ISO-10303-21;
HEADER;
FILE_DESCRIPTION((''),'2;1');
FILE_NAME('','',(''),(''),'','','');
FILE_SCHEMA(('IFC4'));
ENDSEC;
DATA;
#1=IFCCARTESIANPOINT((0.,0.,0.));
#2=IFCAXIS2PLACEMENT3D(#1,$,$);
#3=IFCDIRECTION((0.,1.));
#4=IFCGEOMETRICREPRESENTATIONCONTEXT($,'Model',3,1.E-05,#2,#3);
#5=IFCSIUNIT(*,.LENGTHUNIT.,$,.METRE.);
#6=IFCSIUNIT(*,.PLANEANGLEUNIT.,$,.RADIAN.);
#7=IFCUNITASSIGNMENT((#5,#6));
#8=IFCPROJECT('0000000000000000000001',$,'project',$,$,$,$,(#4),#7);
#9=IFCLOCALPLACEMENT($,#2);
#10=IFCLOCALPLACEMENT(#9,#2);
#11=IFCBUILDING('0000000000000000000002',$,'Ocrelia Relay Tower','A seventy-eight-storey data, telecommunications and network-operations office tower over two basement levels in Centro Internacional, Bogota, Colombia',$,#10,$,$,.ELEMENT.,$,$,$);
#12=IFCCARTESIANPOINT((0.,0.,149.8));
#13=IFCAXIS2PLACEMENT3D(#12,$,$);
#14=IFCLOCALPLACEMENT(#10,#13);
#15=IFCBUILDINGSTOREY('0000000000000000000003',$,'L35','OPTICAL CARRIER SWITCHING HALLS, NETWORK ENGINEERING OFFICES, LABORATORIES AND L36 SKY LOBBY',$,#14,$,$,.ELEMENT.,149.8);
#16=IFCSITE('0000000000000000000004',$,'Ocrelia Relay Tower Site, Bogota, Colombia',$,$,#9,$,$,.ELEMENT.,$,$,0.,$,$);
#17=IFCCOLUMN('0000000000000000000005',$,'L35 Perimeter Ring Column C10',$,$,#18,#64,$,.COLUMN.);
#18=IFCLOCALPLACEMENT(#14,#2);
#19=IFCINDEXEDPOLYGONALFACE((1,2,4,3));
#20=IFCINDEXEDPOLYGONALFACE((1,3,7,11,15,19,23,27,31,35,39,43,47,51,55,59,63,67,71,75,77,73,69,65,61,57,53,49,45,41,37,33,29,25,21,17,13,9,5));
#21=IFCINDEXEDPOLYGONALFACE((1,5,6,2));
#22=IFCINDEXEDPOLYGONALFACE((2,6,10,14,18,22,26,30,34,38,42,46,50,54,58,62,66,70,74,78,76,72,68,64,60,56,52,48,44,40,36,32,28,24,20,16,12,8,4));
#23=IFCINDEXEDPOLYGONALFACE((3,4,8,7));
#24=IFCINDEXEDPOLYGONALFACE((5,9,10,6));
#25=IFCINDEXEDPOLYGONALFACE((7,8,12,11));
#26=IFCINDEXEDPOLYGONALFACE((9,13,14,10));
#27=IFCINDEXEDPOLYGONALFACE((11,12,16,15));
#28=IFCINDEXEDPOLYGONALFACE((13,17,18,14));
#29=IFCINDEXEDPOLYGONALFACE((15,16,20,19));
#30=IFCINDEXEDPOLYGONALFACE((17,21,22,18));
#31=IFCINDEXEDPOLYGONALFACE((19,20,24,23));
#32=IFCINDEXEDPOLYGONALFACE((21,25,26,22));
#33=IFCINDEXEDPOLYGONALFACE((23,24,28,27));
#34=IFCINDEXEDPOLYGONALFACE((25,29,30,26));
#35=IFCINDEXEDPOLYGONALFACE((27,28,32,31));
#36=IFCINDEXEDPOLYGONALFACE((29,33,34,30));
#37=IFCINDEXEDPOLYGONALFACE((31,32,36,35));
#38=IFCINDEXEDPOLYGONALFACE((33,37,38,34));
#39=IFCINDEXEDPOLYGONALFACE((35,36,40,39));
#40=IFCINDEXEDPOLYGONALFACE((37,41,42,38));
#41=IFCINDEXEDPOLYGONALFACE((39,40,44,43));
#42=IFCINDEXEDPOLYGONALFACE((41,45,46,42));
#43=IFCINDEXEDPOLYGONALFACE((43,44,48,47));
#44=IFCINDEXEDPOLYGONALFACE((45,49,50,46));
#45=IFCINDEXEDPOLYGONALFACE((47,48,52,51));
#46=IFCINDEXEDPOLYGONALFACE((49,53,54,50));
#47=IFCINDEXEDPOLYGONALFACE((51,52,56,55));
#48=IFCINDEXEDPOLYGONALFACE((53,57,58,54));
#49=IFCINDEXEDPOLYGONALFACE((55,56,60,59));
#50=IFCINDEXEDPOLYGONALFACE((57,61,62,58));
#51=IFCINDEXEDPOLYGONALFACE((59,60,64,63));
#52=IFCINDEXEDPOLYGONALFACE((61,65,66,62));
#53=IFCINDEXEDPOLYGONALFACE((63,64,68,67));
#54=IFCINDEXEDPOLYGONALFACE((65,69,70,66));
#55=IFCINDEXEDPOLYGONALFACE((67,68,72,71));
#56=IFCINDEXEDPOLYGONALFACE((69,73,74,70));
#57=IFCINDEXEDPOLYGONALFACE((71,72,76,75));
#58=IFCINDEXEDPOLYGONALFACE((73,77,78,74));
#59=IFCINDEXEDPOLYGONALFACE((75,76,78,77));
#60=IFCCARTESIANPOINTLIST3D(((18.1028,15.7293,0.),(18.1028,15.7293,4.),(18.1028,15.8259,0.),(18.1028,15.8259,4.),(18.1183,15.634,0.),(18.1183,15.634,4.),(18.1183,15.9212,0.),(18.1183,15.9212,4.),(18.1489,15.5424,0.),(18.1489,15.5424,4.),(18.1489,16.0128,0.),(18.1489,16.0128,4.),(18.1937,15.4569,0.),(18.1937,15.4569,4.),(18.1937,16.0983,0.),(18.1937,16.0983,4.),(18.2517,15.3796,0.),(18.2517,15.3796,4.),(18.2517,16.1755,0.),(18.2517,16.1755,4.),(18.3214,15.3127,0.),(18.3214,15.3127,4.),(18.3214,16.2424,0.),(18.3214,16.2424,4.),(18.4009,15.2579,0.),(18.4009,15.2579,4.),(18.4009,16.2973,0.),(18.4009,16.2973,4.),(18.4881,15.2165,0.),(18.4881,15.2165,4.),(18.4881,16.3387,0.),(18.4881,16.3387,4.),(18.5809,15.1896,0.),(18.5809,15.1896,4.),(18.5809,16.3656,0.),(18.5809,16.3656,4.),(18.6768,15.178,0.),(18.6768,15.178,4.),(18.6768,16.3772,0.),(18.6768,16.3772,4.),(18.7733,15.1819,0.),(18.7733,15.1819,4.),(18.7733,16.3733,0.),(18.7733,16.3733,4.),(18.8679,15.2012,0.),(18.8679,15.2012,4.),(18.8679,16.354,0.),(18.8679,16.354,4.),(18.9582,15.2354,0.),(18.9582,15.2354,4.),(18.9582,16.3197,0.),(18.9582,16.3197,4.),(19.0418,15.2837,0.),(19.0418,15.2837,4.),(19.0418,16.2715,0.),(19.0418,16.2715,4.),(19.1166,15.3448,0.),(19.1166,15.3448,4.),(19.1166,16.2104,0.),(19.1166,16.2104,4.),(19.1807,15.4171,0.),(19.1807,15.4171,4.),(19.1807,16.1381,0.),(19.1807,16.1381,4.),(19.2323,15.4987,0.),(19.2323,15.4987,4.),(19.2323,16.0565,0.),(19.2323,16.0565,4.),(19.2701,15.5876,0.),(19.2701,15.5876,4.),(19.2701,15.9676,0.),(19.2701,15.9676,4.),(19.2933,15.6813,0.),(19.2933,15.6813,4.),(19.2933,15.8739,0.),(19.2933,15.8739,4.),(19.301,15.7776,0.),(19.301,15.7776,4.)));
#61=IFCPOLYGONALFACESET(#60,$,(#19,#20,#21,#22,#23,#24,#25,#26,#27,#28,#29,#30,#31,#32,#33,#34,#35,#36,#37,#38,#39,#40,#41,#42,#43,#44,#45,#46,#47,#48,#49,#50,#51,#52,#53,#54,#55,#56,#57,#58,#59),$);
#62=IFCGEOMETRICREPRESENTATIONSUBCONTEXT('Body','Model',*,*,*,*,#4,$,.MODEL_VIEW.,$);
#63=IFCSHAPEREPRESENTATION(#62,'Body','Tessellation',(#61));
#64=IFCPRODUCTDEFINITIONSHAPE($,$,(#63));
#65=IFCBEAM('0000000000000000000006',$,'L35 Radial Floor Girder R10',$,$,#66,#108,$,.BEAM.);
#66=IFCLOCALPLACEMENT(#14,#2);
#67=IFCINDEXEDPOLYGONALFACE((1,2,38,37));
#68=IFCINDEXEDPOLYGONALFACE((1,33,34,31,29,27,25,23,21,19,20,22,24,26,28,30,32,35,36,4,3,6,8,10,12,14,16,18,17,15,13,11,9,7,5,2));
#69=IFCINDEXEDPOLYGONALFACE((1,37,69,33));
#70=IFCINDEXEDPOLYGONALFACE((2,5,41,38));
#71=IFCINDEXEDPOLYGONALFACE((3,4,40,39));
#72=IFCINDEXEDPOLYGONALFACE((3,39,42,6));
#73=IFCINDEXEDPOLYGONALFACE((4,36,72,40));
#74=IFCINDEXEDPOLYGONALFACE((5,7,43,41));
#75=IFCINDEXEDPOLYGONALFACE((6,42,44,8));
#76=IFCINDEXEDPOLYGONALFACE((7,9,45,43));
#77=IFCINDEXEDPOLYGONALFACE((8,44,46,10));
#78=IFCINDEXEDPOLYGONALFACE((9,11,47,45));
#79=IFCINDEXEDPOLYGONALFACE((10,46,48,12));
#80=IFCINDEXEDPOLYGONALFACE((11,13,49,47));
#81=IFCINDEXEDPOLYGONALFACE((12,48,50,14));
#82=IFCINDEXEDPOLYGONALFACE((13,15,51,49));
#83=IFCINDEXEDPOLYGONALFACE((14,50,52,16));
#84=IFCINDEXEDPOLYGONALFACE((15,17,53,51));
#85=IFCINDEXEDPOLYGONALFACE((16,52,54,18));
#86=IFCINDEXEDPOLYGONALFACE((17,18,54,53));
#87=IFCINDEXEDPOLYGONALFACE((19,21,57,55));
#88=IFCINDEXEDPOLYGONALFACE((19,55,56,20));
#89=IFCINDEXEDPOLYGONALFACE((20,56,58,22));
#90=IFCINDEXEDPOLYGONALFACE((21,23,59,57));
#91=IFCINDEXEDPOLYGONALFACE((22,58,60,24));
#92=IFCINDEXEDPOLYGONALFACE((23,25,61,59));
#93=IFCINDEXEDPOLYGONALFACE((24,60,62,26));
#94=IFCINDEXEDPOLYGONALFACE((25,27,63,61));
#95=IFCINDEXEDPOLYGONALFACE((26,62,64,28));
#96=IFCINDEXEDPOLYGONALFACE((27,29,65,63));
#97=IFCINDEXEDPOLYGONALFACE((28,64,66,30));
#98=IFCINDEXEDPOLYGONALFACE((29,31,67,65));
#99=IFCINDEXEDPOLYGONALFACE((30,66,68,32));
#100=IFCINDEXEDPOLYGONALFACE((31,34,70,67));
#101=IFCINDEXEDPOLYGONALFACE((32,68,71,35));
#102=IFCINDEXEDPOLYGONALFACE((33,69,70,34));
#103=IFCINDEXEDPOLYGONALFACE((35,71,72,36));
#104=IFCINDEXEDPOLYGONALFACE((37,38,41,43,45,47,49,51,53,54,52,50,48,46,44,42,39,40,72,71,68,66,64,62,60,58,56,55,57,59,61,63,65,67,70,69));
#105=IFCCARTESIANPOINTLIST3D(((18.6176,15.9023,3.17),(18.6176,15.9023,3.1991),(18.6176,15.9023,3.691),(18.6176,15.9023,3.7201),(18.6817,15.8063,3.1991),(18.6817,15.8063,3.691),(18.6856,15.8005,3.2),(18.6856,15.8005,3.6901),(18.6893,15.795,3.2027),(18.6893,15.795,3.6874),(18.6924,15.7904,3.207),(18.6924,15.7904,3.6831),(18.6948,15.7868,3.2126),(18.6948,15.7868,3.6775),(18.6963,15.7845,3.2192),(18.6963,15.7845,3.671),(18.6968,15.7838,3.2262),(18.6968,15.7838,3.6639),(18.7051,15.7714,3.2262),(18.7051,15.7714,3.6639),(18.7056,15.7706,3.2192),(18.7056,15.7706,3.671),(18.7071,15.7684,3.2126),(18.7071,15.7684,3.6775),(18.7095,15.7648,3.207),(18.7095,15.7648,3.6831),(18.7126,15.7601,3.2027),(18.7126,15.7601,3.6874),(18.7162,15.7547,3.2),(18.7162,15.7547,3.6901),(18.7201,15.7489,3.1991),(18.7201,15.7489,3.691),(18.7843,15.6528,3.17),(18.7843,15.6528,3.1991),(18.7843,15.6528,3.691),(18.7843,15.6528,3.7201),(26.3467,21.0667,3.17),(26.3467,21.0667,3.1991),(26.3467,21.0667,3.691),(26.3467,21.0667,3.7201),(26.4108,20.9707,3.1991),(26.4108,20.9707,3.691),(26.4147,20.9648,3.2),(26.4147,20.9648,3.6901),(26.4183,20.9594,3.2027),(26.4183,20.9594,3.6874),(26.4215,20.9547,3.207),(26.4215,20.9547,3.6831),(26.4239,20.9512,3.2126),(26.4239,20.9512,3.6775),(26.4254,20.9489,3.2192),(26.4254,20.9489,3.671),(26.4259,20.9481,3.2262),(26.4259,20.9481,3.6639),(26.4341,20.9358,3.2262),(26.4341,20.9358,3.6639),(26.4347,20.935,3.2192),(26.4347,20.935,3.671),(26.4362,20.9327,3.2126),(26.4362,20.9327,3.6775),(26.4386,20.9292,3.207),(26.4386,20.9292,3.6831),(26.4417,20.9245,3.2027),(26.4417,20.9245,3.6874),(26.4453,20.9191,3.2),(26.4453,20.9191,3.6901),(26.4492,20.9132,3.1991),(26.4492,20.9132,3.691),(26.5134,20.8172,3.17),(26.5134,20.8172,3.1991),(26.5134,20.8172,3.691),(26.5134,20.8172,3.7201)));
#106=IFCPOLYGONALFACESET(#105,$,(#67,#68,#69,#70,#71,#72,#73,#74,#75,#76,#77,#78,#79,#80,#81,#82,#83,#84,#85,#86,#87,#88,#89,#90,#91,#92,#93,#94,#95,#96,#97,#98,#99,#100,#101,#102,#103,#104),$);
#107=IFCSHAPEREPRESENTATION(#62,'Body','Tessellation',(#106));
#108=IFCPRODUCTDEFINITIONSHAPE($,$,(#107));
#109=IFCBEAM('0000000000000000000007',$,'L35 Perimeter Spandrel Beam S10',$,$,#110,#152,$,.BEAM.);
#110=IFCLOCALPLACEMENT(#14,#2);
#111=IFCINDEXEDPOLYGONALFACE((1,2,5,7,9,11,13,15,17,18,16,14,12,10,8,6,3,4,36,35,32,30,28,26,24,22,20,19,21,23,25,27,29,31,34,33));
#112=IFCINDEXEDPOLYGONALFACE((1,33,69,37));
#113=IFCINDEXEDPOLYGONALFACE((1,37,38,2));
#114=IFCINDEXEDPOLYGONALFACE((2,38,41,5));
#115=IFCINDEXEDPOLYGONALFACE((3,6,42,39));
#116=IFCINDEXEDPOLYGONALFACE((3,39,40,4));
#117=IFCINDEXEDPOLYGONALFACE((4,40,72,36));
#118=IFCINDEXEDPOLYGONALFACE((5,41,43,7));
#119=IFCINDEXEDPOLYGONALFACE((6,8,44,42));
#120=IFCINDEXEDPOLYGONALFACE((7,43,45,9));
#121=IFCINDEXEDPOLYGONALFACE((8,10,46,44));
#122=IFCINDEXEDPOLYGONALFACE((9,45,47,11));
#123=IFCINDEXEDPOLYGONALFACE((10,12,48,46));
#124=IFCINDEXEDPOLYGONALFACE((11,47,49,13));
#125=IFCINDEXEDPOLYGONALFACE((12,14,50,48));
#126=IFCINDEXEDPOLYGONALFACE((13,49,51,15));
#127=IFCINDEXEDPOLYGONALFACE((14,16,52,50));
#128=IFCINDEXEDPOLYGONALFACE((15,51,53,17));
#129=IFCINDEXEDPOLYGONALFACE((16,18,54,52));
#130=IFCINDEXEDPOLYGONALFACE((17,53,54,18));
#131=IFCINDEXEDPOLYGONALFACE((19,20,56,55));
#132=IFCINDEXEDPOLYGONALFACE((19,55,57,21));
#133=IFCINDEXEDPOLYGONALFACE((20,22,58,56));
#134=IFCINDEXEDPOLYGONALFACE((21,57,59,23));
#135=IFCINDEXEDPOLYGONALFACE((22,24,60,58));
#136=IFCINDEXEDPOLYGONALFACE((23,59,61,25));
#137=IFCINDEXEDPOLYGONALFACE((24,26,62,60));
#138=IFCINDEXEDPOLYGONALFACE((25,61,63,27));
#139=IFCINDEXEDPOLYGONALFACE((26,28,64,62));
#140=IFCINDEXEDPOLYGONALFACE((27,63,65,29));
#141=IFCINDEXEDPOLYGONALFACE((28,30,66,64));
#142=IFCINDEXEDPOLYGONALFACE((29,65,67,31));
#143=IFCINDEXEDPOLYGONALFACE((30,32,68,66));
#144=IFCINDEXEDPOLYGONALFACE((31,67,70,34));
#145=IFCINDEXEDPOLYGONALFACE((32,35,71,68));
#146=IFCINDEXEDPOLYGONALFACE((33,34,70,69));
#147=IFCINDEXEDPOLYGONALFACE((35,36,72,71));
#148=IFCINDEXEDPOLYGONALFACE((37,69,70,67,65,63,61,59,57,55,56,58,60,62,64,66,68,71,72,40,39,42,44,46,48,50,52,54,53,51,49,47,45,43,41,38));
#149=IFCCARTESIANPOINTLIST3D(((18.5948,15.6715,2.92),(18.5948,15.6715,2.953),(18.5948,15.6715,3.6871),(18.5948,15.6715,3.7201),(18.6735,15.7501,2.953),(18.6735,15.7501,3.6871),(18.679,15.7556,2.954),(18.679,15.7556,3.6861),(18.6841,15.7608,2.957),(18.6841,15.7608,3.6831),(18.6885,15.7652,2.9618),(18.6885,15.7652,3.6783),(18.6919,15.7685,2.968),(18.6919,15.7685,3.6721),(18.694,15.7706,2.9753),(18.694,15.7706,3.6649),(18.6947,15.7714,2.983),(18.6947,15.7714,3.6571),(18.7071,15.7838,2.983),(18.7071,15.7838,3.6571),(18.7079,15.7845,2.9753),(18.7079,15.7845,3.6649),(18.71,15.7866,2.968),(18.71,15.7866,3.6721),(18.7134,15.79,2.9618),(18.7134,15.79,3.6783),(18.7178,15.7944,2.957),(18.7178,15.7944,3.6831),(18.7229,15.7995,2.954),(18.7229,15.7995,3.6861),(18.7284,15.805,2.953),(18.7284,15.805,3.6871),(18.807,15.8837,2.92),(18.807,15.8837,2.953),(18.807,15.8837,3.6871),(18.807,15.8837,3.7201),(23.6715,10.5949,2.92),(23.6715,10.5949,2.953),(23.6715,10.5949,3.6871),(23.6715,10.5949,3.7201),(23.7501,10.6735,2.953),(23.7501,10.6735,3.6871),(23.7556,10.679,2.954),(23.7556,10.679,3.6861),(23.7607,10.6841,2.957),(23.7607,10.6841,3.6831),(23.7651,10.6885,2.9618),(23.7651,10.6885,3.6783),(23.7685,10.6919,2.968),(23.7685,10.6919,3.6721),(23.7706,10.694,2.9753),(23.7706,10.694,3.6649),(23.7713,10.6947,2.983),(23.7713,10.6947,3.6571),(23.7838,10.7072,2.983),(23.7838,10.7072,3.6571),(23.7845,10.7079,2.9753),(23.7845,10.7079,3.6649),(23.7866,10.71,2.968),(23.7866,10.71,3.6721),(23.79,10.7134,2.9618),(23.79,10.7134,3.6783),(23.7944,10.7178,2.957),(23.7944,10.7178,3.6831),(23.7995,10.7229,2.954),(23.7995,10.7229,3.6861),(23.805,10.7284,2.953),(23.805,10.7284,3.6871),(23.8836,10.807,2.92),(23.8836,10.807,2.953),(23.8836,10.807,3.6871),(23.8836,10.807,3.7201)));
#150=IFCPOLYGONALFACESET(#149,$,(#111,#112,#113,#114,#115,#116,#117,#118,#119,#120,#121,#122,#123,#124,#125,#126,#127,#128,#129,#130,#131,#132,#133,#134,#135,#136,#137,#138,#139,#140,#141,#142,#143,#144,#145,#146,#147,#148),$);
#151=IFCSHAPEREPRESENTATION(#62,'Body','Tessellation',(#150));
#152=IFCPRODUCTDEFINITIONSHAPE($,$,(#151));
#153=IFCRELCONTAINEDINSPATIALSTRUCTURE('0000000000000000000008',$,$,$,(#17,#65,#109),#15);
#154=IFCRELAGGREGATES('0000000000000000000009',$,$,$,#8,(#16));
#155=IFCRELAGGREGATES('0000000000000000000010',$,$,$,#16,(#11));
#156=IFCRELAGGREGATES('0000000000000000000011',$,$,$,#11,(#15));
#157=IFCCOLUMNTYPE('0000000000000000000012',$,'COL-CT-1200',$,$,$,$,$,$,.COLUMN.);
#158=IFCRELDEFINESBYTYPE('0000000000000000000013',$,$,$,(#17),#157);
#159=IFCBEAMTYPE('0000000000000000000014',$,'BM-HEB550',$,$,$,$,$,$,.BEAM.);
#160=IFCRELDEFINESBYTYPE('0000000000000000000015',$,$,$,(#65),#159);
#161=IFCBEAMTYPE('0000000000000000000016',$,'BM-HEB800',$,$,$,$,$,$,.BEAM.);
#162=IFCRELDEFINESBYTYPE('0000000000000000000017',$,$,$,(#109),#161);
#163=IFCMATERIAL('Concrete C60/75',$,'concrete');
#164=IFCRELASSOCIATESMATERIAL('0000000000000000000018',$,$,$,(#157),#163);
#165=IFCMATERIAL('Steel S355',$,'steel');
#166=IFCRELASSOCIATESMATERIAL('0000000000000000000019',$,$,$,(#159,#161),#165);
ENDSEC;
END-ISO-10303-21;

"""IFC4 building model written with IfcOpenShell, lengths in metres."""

from ifc_helpers import new_model, si_unit, direction, frame, origin, origin_2d, place, context, subcontext, project, spatial, circle, i_section, extrude, material, material_profile, profile_set, type_object, element, save


model = new_model("IFC4")

# Units and contexts
model_context = context("Model", 3, precision=1e-05, world=origin(), true_north=direction((0.0, 1.0)))
body_context = subcontext(model_context, "Body", "Model", "MODEL_VIEW")
ifc_project = project(units=[si_unit("LENGTHUNIT", "METRE"), si_unit("PLANEANGLEUNIT", "RADIAN")], contexts=[model_context])

# Site, building, storey
site_placement = place(None, origin())
site = spatial("IfcSite", under=ifc_project, at=site_placement, Name="Ocrelia Relay Tower Site, Bogota, Colombia", CompositionType="ELEMENT", RefElevation=0.0)
building_placement = place(site_placement, origin())
building = spatial("IfcBuilding", under=site, at=building_placement, Name="Ocrelia Relay Tower", Description="A seventy-eight-storey data, telecommunications and network-operations office tower over two basement levels in Centro Internacional, Bogota, Colombia", CompositionType="ELEMENT")
storey_placement = place(building_placement, frame((0.0, 0.0, 149.8)))
storey = spatial("IfcBuildingStorey", under=building, at=storey_placement, Name="L35", Description="OPTICAL CARRIER SWITCHING HALLS, NETWORK ENGINEERING OFFICES, LABORATORIES AND L36 SKY LOBBY", CompositionType="ELEMENT", Elevation=149.8)

# Column
ifc_material_1 = material(Name="Concrete C60/75", Category="concrete")
ifc_material_profile_1 = material_profile(ifc_material_1, circle(Radius=0.6001, at=origin_2d()), Name="RC-CIR-1200")
ifc_profile_set_1 = profile_set([ifc_material_profile_1], Name="Concrete C60/75")
column_type = type_object("IfcColumnType", Name="COL-CT-1200", PredefinedType="COLUMN", material=ifc_profile_set_1)
column_placement = place(storey_placement, frame((18.7009, 15.7776, 0.0), z_axis=(0.0, 0.0, 1.0), x_axis=(1.0, 0.0, 0.0)))
element("IfcColumn", 1, at=column_placement, inside=storey, type_object=column_type, Name="L35 Perimeter Ring Column C10", PredefinedType="COLUMN", context=body_context, shape_type="SweptSolid", body=[
    extrude(circle(Radius=0.6001, at=origin_2d()), origin(), (0.0, 0.0, 1.0), 4.0),
])

# Beams
ifc_material_2 = material(Name="Steel S355", Category="steel")
ifc_material_profile_2 = material_profile(ifc_material_2, i_section(OverallWidth=0.3, OverallDepth=0.55, WebThickness=0.0149, FlangeThickness=0.0291, FilletRadius=0.0271, at=origin_2d()), Name="HEB 550")
ifc_profile_set_2 = profile_set([ifc_material_profile_2], Name="Steel S355")
beam_type_1 = type_object("IfcBeamType", Name="BM-HEB550", PredefinedType="BEAM", material=ifc_profile_set_2)
beam_1_placement = place(storey_placement, frame((18.7009, 15.7776, 3.4451), z_axis=(0.831472, 0.555567, 0.0), x_axis=(-0.555567, 0.831472, 0.0)))
element("IfcBeam", 2, at=beam_1_placement, inside=storey, type_object=beam_type_1, Name="L35 Radial Floor Girder R10", PredefinedType="BEAM", context=body_context, shape_type="SweptSolid", body=[
    extrude(i_section(OverallWidth=0.3, OverallDepth=0.55, WebThickness=0.0149, FlangeThickness=0.0291, FilletRadius=0.0271, at=origin_2d()), origin(), (0.0, 0.0, 1.0), 9.2957),
])
ifc_material_profile_3 = material_profile(ifc_material_2, i_section(OverallWidth=0.3, OverallDepth=0.8, WebThickness=0.0176, FlangeThickness=0.033, FilletRadius=0.03, at=origin_2d()), Name="HEB 800")
ifc_profile_set_3 = profile_set([ifc_material_profile_3], Name="Steel S355")
beam_type_2 = type_object("IfcBeamType", Name="BM-HEB800", PredefinedType="BEAM", material=ifc_profile_set_3)
beam_2_placement = place(storey_placement, frame((18.7009, 15.7776, 3.3201), z_axis=(0.707107, -0.707107, 0.0), x_axis=(0.707107, 0.707107, 0.0)))
element("IfcBeam", 3, at=beam_2_placement, inside=storey, type_object=beam_type_2, Name="L35 Perimeter Spandrel Beam S10", PredefinedType="BEAM", context=body_context, shape_type="SweptSolid", body=[
    extrude(i_section(OverallWidth=0.3, OverallDepth=0.8, WebThickness=0.0176, FlangeThickness=0.033, FilletRadius=0.03, at=origin_2d()), origin(), (0.0, 0.0, 1.0), 7.1794),
])

save(model, "model.ifc")
